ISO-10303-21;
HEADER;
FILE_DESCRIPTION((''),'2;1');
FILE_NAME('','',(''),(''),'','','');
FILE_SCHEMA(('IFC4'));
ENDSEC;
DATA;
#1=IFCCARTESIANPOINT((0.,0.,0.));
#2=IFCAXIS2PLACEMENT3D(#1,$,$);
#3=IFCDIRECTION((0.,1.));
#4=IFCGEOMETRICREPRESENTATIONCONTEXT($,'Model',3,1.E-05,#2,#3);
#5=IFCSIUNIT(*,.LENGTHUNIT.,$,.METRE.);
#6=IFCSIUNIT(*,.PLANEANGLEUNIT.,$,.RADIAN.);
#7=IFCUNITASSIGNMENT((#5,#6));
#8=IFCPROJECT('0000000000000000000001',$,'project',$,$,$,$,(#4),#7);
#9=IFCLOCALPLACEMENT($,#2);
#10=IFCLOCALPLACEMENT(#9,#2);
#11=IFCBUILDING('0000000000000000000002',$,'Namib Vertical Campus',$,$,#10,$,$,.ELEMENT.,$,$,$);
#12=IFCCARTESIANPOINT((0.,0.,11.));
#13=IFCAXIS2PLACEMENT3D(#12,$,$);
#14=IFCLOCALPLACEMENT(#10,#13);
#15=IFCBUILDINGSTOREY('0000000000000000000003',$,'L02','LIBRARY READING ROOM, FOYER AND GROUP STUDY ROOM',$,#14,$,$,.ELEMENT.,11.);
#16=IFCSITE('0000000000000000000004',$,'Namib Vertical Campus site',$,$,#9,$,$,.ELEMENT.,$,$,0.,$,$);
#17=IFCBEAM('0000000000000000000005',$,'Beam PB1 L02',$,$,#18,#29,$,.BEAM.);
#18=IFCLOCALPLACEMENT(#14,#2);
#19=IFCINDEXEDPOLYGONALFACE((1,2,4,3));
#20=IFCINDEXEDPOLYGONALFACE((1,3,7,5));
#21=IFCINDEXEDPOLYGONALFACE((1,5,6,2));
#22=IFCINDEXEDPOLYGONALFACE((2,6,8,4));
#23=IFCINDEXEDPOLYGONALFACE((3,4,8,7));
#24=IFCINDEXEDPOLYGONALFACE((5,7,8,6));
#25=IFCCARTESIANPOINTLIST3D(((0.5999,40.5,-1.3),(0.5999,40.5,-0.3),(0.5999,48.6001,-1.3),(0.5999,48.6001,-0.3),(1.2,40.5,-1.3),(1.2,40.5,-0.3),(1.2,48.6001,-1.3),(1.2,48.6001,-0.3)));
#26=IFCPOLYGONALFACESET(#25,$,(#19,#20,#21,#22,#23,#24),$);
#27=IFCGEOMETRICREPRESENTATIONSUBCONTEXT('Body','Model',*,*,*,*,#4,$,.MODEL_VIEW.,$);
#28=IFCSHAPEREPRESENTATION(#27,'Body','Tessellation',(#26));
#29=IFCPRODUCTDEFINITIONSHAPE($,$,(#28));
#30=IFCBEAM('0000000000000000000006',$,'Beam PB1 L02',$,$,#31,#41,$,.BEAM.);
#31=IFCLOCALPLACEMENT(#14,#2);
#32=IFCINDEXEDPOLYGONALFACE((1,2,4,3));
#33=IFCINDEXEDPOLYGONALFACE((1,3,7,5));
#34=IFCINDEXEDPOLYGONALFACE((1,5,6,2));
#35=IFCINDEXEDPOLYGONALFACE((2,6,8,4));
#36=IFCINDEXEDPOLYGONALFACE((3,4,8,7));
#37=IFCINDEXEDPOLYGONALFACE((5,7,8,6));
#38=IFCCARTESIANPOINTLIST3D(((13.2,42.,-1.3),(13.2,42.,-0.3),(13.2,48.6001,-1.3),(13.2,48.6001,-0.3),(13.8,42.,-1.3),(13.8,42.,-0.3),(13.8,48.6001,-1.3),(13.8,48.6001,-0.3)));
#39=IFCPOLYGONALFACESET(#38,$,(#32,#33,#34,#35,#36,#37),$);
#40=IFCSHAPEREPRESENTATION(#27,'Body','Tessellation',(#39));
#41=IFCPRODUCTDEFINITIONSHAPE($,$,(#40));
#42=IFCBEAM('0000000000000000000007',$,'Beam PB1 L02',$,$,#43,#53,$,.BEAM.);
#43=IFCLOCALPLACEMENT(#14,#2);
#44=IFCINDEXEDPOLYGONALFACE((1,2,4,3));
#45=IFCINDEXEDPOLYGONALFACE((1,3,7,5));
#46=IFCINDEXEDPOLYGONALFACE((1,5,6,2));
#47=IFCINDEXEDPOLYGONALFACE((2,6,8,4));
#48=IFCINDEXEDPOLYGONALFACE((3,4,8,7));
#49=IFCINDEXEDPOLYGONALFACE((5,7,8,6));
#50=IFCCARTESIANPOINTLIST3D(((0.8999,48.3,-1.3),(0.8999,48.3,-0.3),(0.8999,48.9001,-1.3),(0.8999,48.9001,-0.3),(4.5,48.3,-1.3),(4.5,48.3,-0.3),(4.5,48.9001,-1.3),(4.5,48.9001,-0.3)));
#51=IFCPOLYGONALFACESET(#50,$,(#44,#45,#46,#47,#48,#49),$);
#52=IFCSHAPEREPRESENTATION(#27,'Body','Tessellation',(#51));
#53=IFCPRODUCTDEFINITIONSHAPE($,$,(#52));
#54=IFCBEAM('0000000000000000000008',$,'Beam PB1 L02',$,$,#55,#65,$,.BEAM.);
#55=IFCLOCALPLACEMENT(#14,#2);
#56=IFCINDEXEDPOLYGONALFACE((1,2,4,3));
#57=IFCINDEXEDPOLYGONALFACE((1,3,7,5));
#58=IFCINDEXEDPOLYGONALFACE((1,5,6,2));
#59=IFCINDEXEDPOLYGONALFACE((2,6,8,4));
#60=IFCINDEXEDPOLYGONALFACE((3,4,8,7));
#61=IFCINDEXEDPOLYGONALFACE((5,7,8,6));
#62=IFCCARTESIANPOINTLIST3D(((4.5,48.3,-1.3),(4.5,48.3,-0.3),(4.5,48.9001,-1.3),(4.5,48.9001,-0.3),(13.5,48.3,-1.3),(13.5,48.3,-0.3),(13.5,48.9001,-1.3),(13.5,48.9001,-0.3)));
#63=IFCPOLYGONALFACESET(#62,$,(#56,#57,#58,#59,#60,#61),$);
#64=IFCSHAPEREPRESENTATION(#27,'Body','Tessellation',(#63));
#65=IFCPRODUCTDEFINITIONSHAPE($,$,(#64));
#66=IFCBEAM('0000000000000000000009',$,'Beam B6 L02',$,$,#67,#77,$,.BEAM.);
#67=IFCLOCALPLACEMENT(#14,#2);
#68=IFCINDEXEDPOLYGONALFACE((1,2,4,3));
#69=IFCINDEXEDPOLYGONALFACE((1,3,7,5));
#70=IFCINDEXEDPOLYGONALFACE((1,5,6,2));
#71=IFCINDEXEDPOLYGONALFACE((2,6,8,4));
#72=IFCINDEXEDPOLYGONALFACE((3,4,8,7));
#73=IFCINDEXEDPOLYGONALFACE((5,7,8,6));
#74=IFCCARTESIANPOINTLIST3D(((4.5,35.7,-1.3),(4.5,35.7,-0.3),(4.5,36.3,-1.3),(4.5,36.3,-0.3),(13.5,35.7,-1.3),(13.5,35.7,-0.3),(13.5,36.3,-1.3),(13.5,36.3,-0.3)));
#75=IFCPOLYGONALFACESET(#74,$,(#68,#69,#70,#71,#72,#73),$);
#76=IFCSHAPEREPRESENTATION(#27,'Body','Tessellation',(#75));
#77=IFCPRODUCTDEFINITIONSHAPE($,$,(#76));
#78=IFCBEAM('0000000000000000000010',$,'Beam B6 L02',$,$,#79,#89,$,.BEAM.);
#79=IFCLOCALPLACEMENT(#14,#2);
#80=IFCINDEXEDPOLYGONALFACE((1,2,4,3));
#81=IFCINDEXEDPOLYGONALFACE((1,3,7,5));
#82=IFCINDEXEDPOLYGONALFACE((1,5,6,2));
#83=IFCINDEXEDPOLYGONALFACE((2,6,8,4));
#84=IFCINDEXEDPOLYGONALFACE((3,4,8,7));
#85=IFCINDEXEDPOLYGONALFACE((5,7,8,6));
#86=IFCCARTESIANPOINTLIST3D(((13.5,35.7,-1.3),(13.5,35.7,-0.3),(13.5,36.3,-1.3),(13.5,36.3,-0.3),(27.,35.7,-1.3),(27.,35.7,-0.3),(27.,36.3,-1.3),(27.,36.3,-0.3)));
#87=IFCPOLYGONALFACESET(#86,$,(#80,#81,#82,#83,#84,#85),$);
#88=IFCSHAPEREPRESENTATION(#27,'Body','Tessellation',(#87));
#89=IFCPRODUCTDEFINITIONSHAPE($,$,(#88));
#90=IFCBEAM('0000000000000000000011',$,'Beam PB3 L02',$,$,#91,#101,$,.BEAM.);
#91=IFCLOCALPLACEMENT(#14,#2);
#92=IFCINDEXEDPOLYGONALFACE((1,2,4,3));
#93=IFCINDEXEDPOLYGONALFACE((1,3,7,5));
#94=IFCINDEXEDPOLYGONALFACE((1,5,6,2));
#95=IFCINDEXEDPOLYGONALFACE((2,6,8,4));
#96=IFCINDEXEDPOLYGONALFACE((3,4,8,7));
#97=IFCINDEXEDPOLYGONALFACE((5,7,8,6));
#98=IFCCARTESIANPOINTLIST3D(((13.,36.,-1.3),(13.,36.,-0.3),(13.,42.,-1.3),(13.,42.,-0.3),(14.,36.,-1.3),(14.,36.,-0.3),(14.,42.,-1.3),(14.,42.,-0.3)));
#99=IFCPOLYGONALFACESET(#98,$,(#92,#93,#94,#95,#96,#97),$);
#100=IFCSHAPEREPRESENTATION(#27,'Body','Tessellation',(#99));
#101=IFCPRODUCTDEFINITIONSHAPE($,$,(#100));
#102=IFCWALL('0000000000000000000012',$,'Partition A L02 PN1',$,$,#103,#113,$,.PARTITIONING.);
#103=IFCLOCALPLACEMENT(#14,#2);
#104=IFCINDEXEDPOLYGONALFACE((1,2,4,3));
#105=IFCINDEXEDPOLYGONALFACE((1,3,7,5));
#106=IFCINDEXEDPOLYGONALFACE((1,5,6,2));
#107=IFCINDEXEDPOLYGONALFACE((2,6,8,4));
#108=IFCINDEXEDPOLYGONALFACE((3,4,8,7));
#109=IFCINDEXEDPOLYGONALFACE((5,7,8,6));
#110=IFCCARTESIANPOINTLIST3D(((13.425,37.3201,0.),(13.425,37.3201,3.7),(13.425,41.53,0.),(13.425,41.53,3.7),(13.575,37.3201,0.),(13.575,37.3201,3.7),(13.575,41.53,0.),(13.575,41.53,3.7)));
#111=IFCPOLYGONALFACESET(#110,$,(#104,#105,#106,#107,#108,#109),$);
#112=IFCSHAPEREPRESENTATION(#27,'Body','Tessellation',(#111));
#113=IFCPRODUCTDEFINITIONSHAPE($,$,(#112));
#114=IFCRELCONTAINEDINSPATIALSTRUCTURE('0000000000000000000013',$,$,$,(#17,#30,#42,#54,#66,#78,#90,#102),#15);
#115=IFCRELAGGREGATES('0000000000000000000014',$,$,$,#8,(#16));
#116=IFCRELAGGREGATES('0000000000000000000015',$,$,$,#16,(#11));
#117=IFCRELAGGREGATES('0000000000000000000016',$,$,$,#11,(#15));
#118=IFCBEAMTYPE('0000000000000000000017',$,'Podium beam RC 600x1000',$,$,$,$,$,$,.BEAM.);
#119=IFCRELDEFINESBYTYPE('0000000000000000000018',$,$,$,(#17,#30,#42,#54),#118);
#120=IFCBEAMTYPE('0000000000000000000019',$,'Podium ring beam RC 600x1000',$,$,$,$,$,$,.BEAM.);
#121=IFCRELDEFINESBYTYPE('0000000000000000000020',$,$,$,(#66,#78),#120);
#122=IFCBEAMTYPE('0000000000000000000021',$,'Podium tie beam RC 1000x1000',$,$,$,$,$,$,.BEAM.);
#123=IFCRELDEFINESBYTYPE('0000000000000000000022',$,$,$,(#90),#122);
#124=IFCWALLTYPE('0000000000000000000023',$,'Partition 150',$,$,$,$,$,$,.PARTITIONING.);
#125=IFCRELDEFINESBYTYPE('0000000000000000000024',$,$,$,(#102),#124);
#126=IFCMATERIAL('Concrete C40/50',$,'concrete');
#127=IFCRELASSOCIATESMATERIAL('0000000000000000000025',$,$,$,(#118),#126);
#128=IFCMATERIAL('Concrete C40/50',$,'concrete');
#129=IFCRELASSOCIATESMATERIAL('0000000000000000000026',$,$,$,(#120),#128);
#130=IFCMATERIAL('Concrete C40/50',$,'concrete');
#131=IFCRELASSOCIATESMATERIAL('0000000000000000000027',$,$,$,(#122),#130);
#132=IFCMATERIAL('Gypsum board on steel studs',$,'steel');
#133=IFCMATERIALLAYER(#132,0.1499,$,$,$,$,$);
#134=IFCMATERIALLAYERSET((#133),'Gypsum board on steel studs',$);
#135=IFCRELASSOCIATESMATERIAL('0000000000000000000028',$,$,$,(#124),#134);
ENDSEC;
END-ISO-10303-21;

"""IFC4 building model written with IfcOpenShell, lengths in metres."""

from ifc_helpers import new_model, si_unit, direction, frame, frame_2d, origin, origin_2d, place, context, subcontext, project, spatial, rectangle, extrude, material, layer, layer_set, material_profile, profile_set, type_object, element, save


model = new_model("IFC4")

# Units and contexts
model_context = context("Model", 3, precision=1e-05, world=origin(), true_north=direction((0.0, 1.0)))
body_context = subcontext(model_context, "Body", "Model", "MODEL_VIEW")
ifc_project = project(units=[si_unit("LENGTHUNIT", "METRE"), si_unit("PLANEANGLEUNIT", "RADIAN")], contexts=[model_context])

# Site, building, storey
site_placement = place(None, origin())
site = spatial("IfcSite", under=ifc_project, at=site_placement, Name="Namib Vertical Campus site", CompositionType="ELEMENT", RefElevation=0.0)
building_placement = place(site_placement, origin())
building = spatial("IfcBuilding", under=site, at=building_placement, Name="Namib Vertical Campus", CompositionType="ELEMENT")
storey_placement = place(building_placement, frame((0.0, 0.0, 11.0)))
storey = spatial("IfcBuildingStorey", under=building, at=storey_placement, Name="L02", Description="LIBRARY READING ROOM, FOYER AND GROUP STUDY ROOM", CompositionType="ELEMENT", Elevation=11.0)

# Beams
ifc_material_1 = material(Name="Concrete C40/50", Category="concrete")
ifc_material_profile_1 = material_profile(ifc_material_1, rectangle(XDim=0.6001, YDim=1.0, at=origin_2d()))
ifc_profile_set_1 = profile_set([ifc_material_profile_1], Name="Concrete C40/50")
beam_type_1 = type_object("IfcBeamType", Name="Podium beam RC 600x1000", PredefinedType="BEAM", material=ifc_profile_set_1)
beam_1_placement = place(storey_placement, frame((0.8999, 40.5, -0.8), z_axis=(0.0, 1.0, 0.0), x_axis=(-1.0, 0.0, 0.0)))
element("IfcBeam", 1, at=beam_1_placement, inside=storey, type_object=beam_type_1, Name="Beam PB1 L02", PredefinedType="BEAM", context=body_context, shape_type="SweptSolid", body=[
    extrude(rectangle(XDim=0.6001, YDim=1.0, at=origin_2d()), origin(), (0.0, 0.0, 1.0), 8.1001),
])
beam_2_placement = place(storey_placement, frame((13.5, 42.0, -0.8), z_axis=(0.0, 1.0, 0.0), x_axis=(-1.0, 0.0, 0.0)))
element("IfcBeam", 2, at=beam_2_placement, inside=storey, type_object=beam_type_1, Name="Beam PB1 L02", PredefinedType="BEAM", context=body_context, shape_type="SweptSolid", body=[
    extrude(rectangle(XDim=0.6001, YDim=1.0, at=origin_2d()), origin(), (0.0, 0.0, 1.0), 6.6001),
])
beam_3_placement = place(storey_placement, frame((0.8999, 48.6001, -0.8), z_axis=(1.0, 0.0, 0.0), x_axis=(0.0, 1.0, 0.0)))
element("IfcBeam", 3, at=beam_3_placement, inside=storey, type_object=beam_type_1, Name="Beam PB1 L02", PredefinedType="BEAM", context=body_context, shape_type="SweptSolid", body=[
    extrude(rectangle(XDim=0.6001, YDim=1.0, at=origin_2d()), origin(), (0.0, 0.0, 1.0), 3.6001),
])
beam_4_placement = place(storey_placement, frame((4.5, 48.6001, -0.8), z_axis=(1.0, 0.0, 0.0), x_axis=(0.0, 1.0, 0.0)))
element("IfcBeam", 4, at=beam_4_placement, inside=storey, type_object=beam_type_1, Name="Beam PB1 L02", PredefinedType="BEAM", context=body_context, shape_type="SweptSolid", body=[
    extrude(rectangle(XDim=0.6001, YDim=1.0, at=origin_2d()), origin(), (0.0, 0.0, 1.0), 9.0),
])
ifc_material_2 = material(Name="Concrete C40/50", Category="concrete")
ifc_material_profile_2 = material_profile(ifc_material_2, rectangle(XDim=0.6001, YDim=1.0, at=origin_2d()))
ifc_profile_set_2 = profile_set([ifc_material_profile_2], Name="Concrete C40/50")
beam_type_2 = type_object("IfcBeamType", Name="Podium ring beam RC 600x1000", PredefinedType="BEAM", material=ifc_profile_set_2)
beam_5_placement = place(storey_placement, frame((4.5, 36.0, -0.8), z_axis=(1.0, 0.0, 0.0), x_axis=(0.0, 1.0, 0.0)))
element("IfcBeam", 5, at=beam_5_placement, inside=storey, type_object=beam_type_2, Name="Beam B6 L02", PredefinedType="BEAM", context=body_context, shape_type="SweptSolid", body=[
    extrude(rectangle(XDim=0.6001, YDim=1.0, at=origin_2d()), origin(), (0.0, 0.0, 1.0), 9.0),
])
beam_6_placement = place(storey_placement, frame((13.5, 36.0, -0.8), z_axis=(1.0, 0.0, 0.0), x_axis=(0.0, 1.0, 0.0)))
element("IfcBeam", 6, at=beam_6_placement, inside=storey, type_object=beam_type_2, Name="Beam B6 L02", PredefinedType="BEAM", context=body_context, shape_type="SweptSolid", body=[
    extrude(rectangle(XDim=0.6001, YDim=1.0, at=origin_2d()), origin(), (0.0, 0.0, 1.0), 13.5),
])
ifc_material_3 = material(Name="Concrete C40/50", Category="concrete")
ifc_material_profile_3 = material_profile(ifc_material_3, rectangle(XDim=1.0, YDim=1.0, at=origin_2d()))
ifc_profile_set_3 = profile_set([ifc_material_profile_3], Name="Concrete C40/50")
beam_type_3 = type_object("IfcBeamType", Name="Podium tie beam RC 1000x1000", PredefinedType="BEAM", material=ifc_profile_set_3)
beam_7_placement = place(storey_placement, frame((13.5, 36.0, -0.8), z_axis=(0.0, 1.0, 0.0), x_axis=(-1.0, 0.0, 0.0)))
element("IfcBeam", 7, at=beam_7_placement, inside=storey, type_object=beam_type_3, Name="Beam PB3 L02", PredefinedType="BEAM", context=body_context, shape_type="SweptSolid", body=[
    extrude(rectangle(XDim=1.0, YDim=1.0, at=origin_2d()), origin(), (0.0, 0.0, 1.0), 6.0),
])

# Wall
ifc_material_4 = material(Name="Gypsum board on steel studs", Category="steel")
ifc_layer_1 = layer(ifc_material_4, 0.1499)
ifc_layer_set_1 = layer_set([ifc_layer_1], Name="Gypsum board on steel studs")
wall_type_1 = type_object("IfcWallType", Name="Partition 150", PredefinedType="PARTITIONING", material=ifc_layer_set_1)
wall_1_placement = place(storey_placement, frame((13.5, 37.3201, 0.0), z_axis=(0.0, 0.0, 1.0), x_axis=(0.0, 1.0, 0.0)))
element("IfcWall", 8, at=wall_1_placement, inside=storey, type_object=wall_type_1, Name="Partition A L02 PN1", PredefinedType="PARTITIONING", context=body_context, shape_type="SweptSolid", body=[
    extrude(rectangle(XDim=4.21, YDim=0.1499, at=frame_2d((2.105, 0.0))), origin(), (0.0, 0.0, 1.0), 3.7),
])

save(model, "model.ifc")
